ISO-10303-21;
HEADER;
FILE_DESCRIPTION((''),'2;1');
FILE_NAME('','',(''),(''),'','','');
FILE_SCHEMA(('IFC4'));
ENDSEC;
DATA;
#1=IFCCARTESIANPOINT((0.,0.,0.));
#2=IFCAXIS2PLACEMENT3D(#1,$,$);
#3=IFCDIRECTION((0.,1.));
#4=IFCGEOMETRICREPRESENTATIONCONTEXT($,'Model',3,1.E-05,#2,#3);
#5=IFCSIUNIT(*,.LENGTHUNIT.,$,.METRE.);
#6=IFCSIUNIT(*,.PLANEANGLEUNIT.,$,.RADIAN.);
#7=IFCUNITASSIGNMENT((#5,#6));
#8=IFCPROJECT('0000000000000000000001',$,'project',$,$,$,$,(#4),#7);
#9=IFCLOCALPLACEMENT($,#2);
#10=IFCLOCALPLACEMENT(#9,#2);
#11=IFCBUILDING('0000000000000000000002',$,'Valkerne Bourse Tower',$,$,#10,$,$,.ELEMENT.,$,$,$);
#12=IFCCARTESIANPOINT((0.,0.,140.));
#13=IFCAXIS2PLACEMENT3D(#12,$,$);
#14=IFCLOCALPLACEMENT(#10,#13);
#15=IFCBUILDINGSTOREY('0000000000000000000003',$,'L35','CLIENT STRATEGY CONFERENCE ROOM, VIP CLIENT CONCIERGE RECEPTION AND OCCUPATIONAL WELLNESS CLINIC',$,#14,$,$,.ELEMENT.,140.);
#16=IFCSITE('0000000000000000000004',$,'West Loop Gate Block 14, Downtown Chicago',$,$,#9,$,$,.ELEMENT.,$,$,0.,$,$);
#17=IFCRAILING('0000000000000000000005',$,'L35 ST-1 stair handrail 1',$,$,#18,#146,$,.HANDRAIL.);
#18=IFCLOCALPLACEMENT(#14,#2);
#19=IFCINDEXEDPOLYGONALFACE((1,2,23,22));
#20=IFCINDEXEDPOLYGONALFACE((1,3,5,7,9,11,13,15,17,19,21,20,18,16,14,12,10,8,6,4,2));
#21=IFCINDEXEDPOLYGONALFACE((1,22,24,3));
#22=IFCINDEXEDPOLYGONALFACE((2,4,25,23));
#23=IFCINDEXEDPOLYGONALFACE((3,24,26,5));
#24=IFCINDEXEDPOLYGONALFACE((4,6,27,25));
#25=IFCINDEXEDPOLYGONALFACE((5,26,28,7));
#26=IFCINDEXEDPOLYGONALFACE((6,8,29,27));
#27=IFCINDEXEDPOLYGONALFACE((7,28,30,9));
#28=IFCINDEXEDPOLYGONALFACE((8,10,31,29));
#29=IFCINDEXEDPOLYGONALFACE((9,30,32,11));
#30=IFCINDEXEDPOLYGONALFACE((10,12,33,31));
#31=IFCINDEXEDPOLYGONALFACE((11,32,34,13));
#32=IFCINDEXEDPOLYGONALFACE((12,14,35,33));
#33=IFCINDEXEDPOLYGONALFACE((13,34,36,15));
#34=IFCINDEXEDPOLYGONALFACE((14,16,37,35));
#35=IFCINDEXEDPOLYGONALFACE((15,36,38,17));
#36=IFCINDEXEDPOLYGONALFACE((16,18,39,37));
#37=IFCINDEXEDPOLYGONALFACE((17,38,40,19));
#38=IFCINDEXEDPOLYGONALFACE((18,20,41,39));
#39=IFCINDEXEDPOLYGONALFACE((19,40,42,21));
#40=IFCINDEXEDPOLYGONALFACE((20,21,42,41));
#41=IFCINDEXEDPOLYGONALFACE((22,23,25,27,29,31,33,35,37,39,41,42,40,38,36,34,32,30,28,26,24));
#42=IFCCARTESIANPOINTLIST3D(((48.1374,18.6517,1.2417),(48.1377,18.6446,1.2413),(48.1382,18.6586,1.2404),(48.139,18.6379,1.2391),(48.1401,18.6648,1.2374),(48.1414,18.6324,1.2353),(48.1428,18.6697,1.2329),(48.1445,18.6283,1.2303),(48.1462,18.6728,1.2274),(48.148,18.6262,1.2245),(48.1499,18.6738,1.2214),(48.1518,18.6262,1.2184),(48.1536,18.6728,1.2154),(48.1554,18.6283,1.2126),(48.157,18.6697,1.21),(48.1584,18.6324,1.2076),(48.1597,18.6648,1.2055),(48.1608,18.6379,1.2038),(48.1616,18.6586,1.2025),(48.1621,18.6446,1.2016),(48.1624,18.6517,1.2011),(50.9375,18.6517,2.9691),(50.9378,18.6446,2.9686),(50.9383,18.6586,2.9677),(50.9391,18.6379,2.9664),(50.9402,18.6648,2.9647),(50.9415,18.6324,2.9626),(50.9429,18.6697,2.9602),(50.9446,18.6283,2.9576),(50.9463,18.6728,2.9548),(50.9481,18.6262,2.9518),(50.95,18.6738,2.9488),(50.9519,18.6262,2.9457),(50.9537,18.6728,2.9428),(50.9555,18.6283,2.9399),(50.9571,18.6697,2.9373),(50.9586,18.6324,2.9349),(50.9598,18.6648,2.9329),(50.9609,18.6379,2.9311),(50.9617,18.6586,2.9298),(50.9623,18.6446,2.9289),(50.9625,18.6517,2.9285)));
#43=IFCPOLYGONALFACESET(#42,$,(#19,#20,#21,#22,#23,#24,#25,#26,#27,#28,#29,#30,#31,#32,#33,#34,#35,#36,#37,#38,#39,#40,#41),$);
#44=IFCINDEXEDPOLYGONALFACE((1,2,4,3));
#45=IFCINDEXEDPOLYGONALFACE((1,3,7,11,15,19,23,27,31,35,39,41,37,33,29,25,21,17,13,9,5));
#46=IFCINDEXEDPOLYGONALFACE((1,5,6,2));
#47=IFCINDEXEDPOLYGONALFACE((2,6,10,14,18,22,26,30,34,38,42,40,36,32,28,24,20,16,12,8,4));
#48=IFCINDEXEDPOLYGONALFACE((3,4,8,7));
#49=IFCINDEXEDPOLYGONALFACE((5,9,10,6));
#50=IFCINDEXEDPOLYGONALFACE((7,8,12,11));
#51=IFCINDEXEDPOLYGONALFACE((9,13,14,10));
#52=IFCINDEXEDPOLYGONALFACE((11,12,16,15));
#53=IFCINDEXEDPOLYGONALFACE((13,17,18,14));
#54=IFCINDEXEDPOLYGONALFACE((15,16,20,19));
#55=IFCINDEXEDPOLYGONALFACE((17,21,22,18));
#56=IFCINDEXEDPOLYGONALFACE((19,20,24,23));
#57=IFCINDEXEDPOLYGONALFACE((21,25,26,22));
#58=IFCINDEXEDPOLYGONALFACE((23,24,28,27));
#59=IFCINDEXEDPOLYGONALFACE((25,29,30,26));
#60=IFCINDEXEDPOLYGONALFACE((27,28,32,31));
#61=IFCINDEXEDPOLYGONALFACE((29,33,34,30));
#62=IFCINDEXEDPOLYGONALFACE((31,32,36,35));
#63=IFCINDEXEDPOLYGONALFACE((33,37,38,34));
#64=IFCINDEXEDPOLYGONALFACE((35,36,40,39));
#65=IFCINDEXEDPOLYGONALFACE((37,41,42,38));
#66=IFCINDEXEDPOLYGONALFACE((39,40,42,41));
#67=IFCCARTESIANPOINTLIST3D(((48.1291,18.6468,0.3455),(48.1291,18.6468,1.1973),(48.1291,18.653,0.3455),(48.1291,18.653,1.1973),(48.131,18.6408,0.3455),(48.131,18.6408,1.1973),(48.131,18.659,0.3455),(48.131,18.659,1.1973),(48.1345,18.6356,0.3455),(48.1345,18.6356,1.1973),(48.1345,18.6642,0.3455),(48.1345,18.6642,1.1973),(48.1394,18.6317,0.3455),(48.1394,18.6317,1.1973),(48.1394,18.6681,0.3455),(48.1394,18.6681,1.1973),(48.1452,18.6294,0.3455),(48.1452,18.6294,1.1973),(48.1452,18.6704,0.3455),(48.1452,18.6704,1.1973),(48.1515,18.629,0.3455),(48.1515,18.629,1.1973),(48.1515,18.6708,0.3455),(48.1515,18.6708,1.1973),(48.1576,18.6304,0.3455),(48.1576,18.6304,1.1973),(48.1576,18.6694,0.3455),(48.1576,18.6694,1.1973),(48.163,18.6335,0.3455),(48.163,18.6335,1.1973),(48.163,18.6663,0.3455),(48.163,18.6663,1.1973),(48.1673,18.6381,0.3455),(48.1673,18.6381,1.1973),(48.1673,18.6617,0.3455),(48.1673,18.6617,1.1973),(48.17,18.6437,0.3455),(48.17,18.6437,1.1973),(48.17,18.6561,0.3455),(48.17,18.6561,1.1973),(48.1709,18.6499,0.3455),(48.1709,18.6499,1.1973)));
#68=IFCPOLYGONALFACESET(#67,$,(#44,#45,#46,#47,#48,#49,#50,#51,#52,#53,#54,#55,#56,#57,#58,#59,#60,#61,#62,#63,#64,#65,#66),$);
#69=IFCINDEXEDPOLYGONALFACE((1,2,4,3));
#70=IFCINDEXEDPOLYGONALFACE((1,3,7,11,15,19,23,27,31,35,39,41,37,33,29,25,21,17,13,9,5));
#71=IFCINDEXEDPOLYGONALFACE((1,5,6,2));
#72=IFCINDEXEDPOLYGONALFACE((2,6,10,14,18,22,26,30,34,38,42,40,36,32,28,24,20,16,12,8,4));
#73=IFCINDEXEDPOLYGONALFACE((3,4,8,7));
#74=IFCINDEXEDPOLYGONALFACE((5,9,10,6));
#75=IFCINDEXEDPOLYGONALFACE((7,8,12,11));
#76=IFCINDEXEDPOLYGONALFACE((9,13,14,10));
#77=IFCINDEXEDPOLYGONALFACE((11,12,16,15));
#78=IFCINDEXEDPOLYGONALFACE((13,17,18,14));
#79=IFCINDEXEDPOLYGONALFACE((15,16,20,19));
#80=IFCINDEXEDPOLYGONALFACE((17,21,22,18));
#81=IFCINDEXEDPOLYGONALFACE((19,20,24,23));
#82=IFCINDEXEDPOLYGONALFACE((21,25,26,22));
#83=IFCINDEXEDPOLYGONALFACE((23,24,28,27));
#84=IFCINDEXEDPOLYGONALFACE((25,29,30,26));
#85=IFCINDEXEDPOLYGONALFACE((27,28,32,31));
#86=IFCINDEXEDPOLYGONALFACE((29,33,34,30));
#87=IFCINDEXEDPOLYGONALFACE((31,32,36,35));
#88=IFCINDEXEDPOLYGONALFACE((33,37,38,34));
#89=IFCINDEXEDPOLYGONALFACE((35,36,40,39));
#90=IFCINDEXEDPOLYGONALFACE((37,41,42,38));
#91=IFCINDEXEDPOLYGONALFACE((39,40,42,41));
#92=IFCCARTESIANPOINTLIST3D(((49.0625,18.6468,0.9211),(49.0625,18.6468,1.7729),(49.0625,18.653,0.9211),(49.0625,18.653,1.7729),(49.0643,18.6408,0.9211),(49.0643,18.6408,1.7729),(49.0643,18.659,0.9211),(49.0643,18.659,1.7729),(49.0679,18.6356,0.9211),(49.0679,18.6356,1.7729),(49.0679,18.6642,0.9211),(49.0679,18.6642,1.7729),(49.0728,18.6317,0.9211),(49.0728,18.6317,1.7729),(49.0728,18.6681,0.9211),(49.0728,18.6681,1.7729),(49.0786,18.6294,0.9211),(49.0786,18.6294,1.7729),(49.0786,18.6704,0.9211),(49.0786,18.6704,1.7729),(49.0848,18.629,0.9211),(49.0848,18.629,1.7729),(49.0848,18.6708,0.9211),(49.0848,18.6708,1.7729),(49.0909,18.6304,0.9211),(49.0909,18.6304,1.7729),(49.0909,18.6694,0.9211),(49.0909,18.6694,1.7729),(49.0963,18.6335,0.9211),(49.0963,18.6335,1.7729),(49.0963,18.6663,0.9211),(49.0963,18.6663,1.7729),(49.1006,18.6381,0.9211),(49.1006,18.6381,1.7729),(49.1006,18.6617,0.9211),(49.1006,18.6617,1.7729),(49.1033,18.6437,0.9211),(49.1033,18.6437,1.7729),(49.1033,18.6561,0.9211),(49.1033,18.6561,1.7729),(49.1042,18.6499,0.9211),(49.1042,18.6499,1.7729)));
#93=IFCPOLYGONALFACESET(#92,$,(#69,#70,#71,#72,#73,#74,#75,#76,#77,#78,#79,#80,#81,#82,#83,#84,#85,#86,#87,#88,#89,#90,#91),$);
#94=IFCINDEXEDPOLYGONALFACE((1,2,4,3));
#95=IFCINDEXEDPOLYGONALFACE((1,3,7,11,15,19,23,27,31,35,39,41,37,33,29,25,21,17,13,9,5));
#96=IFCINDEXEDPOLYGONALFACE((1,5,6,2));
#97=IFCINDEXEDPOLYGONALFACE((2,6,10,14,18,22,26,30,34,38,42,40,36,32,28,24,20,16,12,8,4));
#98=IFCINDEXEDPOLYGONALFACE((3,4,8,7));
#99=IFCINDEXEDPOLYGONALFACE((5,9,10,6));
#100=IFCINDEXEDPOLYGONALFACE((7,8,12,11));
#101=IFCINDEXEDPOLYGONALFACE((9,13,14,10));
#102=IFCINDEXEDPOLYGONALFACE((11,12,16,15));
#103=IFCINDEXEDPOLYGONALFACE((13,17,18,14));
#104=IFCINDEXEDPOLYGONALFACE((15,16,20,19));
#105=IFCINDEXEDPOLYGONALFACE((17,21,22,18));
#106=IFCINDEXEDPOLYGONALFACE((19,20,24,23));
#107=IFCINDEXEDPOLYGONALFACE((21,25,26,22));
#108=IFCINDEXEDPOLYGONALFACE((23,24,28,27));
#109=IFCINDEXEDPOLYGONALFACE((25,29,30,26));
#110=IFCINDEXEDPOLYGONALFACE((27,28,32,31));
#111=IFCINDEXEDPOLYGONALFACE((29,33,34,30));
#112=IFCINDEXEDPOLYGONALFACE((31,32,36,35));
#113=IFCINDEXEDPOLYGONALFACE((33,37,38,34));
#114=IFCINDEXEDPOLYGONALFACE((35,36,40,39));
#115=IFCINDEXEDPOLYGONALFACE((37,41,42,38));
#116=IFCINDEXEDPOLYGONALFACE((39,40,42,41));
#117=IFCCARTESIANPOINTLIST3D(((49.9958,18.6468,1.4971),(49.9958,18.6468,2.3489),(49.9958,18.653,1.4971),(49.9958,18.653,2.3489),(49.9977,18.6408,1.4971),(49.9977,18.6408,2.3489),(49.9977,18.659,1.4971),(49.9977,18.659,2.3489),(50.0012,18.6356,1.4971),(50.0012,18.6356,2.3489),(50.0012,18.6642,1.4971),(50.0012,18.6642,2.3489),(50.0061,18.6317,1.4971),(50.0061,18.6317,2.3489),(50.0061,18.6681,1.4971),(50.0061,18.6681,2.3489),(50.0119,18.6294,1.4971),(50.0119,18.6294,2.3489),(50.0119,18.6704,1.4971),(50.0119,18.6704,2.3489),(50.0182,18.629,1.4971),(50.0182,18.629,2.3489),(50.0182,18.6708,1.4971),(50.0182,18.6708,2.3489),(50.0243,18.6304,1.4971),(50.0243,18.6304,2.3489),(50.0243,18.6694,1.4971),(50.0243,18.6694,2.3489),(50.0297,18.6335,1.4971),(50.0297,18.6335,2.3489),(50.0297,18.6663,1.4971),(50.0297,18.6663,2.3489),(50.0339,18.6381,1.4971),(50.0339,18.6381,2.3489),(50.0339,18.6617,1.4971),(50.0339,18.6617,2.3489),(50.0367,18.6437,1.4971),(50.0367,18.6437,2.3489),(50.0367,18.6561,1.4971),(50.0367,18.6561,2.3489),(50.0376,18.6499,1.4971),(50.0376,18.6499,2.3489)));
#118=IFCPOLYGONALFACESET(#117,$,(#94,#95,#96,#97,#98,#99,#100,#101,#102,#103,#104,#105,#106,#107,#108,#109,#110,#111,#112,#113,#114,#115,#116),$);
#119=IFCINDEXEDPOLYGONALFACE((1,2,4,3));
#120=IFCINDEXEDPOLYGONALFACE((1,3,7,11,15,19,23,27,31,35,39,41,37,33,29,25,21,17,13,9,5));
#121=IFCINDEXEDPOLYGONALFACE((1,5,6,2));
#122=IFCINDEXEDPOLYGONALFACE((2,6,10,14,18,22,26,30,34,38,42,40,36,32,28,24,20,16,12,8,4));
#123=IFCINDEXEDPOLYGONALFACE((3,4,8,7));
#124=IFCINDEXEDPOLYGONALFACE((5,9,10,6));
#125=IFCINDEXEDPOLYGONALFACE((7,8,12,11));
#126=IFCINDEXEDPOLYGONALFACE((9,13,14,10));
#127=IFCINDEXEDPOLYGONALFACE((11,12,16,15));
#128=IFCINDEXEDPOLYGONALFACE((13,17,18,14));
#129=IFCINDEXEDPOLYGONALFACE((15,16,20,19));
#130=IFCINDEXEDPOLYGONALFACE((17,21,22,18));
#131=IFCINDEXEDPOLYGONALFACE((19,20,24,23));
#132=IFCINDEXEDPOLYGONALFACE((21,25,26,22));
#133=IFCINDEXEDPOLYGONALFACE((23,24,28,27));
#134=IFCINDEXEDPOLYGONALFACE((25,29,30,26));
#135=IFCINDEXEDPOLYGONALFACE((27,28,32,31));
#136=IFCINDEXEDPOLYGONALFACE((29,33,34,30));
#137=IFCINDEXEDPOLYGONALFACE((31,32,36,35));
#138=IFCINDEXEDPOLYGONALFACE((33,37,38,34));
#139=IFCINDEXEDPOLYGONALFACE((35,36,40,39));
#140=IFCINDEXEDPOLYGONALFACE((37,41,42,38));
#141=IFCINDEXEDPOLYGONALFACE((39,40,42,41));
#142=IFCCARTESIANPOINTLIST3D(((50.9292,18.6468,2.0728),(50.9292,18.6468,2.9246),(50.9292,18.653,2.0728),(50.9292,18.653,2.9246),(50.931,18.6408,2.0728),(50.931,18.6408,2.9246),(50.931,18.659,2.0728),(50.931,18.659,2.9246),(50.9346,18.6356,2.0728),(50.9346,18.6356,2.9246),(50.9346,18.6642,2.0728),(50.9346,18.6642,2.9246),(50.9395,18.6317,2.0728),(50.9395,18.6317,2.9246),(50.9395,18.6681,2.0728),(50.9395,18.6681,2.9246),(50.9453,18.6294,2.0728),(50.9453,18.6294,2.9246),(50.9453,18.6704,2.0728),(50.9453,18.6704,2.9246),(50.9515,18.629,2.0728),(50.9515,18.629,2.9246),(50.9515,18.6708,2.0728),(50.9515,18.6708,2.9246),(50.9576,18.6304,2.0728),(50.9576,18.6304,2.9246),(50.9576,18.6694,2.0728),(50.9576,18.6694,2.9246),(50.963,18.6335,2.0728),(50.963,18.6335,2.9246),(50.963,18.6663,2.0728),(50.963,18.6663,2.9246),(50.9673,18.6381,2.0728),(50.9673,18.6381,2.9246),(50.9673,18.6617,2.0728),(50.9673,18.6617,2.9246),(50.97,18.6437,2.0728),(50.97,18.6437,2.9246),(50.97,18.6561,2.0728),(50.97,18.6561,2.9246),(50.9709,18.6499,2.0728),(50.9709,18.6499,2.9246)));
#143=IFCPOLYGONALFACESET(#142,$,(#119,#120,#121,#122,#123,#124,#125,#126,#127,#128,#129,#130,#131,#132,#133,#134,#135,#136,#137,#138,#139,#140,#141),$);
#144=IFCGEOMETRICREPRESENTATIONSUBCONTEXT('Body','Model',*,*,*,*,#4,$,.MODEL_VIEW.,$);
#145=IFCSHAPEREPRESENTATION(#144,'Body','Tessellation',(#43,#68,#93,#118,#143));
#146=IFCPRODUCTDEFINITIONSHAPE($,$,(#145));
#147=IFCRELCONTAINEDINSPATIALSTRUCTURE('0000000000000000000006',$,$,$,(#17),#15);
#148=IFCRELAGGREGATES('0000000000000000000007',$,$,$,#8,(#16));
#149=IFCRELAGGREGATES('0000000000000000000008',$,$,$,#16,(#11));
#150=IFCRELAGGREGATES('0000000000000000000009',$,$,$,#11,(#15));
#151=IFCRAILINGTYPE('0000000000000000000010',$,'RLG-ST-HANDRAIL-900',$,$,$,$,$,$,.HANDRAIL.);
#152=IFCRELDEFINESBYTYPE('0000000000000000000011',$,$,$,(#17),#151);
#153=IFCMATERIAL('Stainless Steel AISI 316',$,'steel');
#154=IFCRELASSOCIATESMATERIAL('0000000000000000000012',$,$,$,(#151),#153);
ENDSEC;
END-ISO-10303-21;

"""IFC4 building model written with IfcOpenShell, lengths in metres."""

from ifc_helpers import new_model, si_unit, direction, frame, origin, origin_2d, place, context, subcontext, project, spatial, circle, extrude, material, type_object, element, save


model = new_model("IFC4")

# Units and contexts
model_context = context("Model", 3, precision=1e-05, world=origin(), true_north=direction((0.0, 1.0)))
body_context = subcontext(model_context, "Body", "Model", "MODEL_VIEW")
ifc_project = project(units=[si_unit("LENGTHUNIT", "METRE"), si_unit("PLANEANGLEUNIT", "RADIAN")], contexts=[model_context])

# Site, building, storey
site_placement = place(None, origin())
site = spatial("IfcSite", under=ifc_project, at=site_placement, Name="West Loop Gate Block 14, Downtown Chicago", CompositionType="ELEMENT", RefElevation=0.0)
building_placement = place(site_placement, origin())
building = spatial("IfcBuilding", under=site, at=building_placement, Name="Valkerne Bourse Tower", CompositionType="ELEMENT")
storey_placement = place(building_placement, frame((0.0, 0.0, 140.0)))
storey = spatial("IfcBuildingStorey", under=building, at=storey_placement, Name="L35", Description="CLIENT STRATEGY CONFERENCE ROOM, VIP CLIENT CONCIERGE RECEPTION AND OCCUPATIONAL WELLNESS CLINIC", CompositionType="ELEMENT", Elevation=140.0)

# Shared definitions
ifc_material_1 = material(Name="Stainless Steel AISI 316", Category="steel")

# Railing
railing_type_1 = type_object("IfcRailingType", Name="RLG-ST-HANDRAIL-900", PredefinedType="HANDRAIL", material=ifc_material_1)
railing_1_placement = place(storey_placement, frame((48.1499, 18.6499, 0.3455)))
element("IfcRailing", 1, at=railing_1_placement, inside=storey, type_object=railing_type_1, Name="L35 ST-1 stair handrail 1", PredefinedType="HANDRAIL", context=body_context, shape_type="SweptSolid", body=[
    extrude(circle(Radius=0.0239, at=origin_2d()), frame((0.0, 0.0, 0.876), z_axis=(0.85109, 0.0, 0.52502), x_axis=(0.0, 1.0, 0.0)), (0.0, 0.0, 1.0), 3.29),
    extrude(circle(Radius=0.021, at=origin_2d()), origin(), (0.0, 0.0, 1.0), 0.8518),
    extrude(circle(Radius=0.021, at=origin_2d()), frame((0.9333, 0.0, 0.5757)), (0.0, 0.0, 1.0), 0.8518),
    extrude(circle(Radius=0.021, at=origin_2d()), frame((1.8667, 0.0, 1.1516)), (0.0, 0.0, 1.0), 0.8518),
    extrude(circle(Radius=0.021, at=origin_2d()), frame((2.8, 0.0, 1.7273)), (0.0, 0.0, 1.0), 0.8518),
])

save(model, "model.ifc")
